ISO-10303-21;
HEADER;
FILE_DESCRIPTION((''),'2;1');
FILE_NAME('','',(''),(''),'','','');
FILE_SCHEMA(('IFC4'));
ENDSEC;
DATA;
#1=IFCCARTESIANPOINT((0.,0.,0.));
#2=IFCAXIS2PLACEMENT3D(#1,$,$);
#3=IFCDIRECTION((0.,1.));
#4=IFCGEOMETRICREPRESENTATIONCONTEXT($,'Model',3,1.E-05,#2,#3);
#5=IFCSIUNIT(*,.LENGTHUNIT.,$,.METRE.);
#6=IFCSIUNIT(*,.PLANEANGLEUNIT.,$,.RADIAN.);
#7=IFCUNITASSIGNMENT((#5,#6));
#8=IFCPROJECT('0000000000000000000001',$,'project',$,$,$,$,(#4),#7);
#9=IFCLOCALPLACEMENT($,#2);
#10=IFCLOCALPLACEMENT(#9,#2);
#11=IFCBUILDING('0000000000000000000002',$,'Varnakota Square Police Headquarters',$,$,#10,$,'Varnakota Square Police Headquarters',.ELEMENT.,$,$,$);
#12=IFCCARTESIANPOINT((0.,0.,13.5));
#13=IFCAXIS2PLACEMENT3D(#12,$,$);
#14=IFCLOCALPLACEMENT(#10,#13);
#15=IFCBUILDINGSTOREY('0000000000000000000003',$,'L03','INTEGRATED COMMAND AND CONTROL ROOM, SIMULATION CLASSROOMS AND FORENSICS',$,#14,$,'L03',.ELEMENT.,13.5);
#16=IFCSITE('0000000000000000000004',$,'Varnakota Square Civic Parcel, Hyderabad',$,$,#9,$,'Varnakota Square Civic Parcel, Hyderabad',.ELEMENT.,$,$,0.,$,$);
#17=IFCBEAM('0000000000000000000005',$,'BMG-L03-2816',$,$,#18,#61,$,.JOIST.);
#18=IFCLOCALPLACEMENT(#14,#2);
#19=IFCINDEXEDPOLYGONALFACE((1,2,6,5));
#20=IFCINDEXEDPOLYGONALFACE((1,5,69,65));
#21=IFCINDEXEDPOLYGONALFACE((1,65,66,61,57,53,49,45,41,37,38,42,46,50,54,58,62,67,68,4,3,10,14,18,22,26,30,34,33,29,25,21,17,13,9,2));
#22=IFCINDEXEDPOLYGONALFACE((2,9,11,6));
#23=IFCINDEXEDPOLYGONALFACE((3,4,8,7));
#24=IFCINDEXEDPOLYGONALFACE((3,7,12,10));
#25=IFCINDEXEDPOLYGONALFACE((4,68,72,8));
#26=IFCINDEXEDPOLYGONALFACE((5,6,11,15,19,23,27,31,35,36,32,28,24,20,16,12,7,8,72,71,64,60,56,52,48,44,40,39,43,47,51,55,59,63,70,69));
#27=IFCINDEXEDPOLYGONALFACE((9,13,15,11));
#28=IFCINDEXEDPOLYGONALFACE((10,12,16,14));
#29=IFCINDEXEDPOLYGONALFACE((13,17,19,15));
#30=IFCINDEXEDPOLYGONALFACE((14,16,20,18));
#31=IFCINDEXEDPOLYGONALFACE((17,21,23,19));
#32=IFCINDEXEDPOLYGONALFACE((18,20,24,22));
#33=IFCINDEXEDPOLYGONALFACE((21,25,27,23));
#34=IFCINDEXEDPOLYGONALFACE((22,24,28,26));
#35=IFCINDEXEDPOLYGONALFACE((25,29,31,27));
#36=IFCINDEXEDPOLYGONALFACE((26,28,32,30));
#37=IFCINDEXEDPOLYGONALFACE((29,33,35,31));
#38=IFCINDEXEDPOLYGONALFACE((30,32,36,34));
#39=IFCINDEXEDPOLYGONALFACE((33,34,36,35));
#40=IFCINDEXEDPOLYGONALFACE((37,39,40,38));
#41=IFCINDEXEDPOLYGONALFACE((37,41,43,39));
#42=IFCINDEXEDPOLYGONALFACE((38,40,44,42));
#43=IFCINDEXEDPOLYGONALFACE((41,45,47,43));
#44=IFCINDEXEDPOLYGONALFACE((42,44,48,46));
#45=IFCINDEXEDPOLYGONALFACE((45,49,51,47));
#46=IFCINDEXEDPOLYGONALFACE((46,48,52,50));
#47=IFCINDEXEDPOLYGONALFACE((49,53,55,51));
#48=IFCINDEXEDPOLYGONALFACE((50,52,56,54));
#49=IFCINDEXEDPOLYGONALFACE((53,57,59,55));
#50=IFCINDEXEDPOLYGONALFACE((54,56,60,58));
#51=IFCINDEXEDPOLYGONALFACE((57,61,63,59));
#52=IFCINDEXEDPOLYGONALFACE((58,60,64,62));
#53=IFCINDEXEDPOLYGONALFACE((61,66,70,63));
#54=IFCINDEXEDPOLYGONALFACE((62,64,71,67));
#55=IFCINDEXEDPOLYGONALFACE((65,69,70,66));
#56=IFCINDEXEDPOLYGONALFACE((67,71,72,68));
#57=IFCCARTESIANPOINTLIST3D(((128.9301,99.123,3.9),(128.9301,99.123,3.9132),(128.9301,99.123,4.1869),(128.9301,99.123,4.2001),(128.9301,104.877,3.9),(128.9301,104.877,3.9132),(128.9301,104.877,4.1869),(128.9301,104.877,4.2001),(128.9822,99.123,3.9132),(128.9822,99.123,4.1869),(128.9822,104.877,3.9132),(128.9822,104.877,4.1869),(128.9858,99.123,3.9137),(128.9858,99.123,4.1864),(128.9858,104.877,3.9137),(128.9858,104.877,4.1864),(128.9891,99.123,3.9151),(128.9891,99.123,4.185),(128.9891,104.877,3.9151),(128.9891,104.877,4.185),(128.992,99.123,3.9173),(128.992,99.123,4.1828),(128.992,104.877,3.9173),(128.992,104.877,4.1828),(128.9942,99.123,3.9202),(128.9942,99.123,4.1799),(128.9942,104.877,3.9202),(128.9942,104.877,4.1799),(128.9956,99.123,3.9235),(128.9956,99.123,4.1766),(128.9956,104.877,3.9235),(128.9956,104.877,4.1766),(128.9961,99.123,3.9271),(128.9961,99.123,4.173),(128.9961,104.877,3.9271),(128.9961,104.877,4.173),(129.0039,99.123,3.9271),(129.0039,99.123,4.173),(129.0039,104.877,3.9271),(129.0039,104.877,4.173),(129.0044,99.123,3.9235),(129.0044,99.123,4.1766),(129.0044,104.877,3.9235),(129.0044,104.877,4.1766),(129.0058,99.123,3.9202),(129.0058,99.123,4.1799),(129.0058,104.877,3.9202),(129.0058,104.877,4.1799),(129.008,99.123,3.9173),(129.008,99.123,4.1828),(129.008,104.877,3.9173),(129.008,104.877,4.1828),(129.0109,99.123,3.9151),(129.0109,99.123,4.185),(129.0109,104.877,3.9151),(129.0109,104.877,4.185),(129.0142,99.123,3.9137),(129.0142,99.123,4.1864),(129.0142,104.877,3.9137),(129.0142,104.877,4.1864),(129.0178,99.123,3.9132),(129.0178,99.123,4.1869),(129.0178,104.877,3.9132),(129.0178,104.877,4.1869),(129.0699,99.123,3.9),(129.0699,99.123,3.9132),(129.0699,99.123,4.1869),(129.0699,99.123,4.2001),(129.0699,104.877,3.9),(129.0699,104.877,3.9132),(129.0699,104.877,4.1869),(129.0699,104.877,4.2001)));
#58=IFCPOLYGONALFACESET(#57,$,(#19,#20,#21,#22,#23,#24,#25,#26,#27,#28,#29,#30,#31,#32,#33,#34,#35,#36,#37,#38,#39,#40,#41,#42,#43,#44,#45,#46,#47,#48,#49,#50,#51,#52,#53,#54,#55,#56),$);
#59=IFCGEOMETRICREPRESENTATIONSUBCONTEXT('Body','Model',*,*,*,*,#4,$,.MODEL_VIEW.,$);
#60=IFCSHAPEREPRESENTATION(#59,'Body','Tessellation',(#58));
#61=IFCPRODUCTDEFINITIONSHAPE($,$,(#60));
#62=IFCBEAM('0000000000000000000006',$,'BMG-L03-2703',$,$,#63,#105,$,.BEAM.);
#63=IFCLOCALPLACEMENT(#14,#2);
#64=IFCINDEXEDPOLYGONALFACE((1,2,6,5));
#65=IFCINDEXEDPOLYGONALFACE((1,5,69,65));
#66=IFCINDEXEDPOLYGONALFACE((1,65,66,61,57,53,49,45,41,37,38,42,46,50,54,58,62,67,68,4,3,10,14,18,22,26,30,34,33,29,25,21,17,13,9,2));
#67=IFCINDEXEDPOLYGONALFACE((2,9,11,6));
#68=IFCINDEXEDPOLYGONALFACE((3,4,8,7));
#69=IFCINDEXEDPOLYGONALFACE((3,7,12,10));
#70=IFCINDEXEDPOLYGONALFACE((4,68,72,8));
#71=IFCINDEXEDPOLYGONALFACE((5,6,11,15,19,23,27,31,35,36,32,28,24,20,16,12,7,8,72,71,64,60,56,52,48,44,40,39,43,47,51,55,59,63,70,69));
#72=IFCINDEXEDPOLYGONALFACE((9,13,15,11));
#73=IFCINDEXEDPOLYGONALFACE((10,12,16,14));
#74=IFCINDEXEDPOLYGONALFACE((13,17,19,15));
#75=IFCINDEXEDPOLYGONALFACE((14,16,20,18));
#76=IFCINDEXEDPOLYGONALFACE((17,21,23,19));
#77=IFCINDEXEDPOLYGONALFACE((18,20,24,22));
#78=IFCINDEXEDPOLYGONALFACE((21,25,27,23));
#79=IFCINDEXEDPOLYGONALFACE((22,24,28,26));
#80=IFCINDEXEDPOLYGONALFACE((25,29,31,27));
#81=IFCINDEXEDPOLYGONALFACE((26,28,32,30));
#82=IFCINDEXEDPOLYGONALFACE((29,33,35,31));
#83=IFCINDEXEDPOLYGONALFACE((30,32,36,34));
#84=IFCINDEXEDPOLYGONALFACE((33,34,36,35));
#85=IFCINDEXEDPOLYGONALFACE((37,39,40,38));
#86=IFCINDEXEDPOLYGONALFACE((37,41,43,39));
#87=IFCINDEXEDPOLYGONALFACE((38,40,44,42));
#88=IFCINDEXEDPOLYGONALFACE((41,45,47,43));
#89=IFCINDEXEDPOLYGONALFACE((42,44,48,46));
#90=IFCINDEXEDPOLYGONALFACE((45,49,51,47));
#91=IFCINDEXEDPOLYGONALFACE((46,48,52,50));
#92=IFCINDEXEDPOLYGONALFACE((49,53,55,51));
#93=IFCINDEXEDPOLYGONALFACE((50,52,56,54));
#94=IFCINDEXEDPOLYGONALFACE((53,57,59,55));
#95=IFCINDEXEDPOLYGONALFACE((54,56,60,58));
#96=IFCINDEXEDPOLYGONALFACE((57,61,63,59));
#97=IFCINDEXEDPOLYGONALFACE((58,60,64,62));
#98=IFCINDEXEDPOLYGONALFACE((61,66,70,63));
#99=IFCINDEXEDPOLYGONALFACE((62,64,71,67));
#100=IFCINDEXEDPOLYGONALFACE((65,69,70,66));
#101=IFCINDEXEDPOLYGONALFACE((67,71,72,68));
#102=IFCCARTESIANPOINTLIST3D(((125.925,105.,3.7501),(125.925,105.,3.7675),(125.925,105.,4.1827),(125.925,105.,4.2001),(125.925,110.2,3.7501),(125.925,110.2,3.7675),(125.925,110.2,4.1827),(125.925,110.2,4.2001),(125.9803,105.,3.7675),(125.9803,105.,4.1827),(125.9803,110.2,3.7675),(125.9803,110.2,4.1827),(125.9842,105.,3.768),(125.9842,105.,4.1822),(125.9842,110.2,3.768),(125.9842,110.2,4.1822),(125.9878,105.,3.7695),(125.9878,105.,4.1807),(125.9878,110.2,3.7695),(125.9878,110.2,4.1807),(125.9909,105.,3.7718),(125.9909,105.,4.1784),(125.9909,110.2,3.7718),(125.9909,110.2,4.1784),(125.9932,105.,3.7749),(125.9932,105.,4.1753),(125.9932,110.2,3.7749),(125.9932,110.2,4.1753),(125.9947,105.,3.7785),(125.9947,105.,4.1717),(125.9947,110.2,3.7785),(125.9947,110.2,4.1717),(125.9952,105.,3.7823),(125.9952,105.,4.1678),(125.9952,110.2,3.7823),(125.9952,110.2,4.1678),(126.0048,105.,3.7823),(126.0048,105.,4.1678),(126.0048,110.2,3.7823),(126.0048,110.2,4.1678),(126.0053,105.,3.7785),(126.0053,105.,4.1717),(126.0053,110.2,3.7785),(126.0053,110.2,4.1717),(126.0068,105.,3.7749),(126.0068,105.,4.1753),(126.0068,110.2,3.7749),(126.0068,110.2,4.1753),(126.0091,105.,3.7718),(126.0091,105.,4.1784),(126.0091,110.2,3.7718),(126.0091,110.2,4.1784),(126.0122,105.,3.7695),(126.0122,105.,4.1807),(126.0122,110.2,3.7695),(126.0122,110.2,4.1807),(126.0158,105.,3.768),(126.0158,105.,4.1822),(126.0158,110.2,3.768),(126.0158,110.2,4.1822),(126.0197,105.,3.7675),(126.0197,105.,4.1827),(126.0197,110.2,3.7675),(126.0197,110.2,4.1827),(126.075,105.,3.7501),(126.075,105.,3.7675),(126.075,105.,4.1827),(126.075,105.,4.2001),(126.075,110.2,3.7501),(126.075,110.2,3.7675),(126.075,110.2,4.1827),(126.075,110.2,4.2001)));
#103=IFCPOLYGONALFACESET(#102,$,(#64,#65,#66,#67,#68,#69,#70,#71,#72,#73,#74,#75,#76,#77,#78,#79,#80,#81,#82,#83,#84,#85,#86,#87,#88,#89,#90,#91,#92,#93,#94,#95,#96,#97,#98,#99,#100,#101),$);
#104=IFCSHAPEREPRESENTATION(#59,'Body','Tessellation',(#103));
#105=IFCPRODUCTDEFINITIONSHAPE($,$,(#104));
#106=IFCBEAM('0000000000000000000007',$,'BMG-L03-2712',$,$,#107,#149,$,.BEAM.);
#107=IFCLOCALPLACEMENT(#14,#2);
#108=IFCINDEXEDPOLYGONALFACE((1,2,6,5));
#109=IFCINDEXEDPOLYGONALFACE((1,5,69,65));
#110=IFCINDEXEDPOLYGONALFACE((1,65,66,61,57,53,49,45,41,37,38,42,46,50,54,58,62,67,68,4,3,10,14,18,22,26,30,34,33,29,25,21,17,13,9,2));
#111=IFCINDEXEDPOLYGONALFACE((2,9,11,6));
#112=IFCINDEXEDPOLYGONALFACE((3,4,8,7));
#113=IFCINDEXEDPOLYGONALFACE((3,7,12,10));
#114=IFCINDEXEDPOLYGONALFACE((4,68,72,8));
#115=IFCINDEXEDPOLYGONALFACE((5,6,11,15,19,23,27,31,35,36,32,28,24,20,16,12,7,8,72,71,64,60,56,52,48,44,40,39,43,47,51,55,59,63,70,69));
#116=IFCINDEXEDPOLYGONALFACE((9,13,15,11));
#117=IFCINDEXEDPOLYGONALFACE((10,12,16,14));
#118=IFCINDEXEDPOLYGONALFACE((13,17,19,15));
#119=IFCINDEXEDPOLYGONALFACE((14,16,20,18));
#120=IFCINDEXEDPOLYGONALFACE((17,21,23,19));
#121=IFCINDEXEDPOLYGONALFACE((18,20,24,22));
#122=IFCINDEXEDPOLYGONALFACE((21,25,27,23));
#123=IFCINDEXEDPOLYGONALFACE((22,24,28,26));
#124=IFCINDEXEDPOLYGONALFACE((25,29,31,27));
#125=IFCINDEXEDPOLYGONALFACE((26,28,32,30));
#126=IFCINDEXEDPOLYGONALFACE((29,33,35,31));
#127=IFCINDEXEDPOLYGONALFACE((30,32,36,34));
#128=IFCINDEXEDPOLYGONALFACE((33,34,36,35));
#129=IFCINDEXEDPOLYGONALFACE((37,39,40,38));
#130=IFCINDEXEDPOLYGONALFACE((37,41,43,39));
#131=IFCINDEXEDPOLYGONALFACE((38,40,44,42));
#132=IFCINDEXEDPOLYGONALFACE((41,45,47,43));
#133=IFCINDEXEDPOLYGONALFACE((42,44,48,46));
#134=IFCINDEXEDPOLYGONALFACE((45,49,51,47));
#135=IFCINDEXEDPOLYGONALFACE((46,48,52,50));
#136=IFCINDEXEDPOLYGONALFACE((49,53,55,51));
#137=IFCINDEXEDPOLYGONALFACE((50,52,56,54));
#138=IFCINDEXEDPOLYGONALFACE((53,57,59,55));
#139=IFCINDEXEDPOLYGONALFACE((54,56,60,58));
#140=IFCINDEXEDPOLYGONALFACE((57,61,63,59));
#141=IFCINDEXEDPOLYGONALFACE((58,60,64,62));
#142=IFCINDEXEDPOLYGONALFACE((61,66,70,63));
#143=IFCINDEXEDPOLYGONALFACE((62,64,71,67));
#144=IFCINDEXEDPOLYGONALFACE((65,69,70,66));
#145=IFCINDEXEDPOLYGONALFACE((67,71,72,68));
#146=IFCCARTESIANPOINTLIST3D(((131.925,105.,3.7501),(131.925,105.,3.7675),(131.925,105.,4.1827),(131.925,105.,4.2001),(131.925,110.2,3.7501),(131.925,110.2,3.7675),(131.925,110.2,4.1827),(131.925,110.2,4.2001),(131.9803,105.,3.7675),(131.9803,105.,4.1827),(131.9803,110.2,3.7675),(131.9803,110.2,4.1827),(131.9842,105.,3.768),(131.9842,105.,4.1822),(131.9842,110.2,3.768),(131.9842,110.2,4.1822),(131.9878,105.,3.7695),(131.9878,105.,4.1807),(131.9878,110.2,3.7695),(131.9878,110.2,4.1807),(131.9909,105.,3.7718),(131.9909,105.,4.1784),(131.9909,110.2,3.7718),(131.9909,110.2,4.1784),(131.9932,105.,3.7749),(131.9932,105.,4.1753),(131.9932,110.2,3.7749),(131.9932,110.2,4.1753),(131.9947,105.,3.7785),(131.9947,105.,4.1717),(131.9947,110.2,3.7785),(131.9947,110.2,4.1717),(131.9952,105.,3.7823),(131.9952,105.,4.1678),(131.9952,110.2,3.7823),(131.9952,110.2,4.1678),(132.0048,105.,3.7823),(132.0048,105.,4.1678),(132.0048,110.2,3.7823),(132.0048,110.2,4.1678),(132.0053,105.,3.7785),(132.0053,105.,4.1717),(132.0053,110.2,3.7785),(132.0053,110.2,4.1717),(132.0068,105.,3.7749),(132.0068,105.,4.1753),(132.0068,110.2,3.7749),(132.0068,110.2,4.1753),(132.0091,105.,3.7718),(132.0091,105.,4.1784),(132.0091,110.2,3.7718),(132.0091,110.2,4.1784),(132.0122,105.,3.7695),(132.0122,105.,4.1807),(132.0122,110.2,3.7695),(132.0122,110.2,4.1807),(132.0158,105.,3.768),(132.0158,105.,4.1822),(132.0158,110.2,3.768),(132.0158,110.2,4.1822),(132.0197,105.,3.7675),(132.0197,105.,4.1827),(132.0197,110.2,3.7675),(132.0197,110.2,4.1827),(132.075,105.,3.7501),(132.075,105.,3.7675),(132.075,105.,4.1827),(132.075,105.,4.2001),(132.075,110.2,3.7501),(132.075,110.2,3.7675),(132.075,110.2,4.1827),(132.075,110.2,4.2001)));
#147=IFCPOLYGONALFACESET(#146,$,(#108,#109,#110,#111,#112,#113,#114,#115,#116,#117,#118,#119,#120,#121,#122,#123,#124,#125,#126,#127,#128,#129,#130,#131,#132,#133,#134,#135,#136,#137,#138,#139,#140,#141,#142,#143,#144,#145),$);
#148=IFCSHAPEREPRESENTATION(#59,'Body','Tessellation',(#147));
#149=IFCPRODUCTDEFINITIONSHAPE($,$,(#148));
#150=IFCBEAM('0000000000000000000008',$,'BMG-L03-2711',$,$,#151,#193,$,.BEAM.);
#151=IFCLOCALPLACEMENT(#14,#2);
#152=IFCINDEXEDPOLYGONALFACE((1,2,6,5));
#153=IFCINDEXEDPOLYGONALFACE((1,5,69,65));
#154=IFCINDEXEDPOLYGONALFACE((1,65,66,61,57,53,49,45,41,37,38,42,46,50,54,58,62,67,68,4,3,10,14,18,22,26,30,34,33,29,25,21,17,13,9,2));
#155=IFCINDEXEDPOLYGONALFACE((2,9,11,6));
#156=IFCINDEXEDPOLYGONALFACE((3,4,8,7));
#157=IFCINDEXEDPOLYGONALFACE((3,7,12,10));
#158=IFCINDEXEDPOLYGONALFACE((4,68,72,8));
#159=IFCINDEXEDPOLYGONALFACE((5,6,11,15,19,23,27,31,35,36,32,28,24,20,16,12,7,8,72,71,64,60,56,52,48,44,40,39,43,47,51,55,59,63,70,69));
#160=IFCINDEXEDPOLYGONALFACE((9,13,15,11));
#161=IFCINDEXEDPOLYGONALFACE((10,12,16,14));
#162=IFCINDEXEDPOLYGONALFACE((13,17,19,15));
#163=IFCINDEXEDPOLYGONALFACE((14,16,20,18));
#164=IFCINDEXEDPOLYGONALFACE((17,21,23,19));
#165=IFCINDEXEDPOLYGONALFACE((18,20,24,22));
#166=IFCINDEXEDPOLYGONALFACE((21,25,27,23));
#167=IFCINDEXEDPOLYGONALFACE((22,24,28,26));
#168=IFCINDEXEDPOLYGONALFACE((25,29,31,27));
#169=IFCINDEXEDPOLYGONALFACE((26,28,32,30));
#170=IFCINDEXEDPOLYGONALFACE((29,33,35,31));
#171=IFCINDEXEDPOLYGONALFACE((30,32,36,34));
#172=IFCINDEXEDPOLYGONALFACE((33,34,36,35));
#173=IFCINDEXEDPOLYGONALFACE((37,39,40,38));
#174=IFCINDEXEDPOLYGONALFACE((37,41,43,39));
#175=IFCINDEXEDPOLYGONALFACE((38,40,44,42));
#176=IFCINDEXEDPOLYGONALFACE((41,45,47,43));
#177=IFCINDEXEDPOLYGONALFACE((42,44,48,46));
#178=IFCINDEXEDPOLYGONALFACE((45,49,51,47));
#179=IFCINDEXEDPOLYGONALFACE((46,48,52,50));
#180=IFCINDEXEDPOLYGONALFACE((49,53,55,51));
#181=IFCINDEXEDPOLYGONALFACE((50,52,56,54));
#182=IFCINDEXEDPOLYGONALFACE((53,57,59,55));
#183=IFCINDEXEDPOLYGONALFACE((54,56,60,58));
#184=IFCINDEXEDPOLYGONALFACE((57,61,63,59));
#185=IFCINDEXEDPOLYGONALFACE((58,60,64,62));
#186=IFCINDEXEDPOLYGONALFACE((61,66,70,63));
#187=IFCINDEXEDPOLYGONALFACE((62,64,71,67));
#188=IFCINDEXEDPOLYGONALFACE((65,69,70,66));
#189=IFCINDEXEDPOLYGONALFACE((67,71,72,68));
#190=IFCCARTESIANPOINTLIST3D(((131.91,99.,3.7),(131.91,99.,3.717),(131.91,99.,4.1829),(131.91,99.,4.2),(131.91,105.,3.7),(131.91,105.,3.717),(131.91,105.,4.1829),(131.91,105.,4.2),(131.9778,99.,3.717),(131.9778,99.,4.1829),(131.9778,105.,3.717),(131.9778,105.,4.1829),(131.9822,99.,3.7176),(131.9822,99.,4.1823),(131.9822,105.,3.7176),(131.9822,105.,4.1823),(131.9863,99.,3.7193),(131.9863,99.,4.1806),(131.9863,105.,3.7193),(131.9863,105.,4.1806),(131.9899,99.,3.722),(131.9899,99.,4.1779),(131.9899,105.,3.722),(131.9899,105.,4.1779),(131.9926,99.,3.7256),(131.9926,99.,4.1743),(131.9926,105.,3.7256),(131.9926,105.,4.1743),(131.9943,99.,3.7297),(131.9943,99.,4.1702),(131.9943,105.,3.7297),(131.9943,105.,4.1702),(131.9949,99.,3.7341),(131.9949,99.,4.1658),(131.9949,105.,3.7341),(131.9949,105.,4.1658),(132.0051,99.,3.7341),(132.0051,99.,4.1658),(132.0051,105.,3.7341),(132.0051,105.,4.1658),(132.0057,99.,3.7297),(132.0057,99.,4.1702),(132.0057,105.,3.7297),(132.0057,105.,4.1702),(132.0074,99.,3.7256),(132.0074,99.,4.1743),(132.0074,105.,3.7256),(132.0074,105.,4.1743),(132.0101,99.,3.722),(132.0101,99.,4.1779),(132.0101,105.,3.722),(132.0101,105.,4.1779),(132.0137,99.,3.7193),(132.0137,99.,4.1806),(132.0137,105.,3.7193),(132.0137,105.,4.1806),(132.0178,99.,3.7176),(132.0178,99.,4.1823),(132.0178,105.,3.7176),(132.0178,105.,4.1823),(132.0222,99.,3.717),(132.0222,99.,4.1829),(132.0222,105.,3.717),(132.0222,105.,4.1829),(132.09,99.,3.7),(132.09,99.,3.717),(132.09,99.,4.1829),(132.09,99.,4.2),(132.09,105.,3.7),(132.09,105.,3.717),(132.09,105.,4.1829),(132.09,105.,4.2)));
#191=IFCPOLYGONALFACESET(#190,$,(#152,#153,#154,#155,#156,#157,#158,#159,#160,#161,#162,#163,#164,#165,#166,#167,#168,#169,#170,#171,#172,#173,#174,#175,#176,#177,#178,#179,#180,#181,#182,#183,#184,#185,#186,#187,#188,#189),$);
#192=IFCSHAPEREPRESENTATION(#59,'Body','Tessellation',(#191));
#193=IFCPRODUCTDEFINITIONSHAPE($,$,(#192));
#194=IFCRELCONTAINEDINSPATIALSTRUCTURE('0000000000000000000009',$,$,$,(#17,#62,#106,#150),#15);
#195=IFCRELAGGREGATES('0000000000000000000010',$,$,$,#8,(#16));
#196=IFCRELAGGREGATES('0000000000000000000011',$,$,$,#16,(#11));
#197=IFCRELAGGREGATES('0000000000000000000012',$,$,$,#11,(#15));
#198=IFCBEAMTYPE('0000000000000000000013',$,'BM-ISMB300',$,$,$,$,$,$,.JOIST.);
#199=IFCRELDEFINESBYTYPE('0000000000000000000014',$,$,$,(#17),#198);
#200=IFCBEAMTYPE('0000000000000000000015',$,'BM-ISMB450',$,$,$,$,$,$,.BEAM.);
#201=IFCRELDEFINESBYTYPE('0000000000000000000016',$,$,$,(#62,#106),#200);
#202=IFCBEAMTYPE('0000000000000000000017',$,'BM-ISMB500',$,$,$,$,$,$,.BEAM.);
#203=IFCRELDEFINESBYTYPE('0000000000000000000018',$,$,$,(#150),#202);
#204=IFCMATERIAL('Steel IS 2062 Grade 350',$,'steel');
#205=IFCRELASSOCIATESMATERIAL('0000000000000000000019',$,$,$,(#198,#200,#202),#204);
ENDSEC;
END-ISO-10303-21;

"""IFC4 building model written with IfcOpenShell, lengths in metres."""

from ifc_helpers import new_model, si_unit, direction, frame, origin, origin_2d, place, context, subcontext, project, spatial, i_section, extrude, material, material_profile, profile_set, type_object, element, save


model = new_model("IFC4")

# Units and contexts
model_context = context("Model", 3, precision=1e-05, world=origin(), true_north=direction((0.0, 1.0)))
body_context = subcontext(model_context, "Body", "Model", "MODEL_VIEW")
ifc_project = project(units=[si_unit("LENGTHUNIT", "METRE"), si_unit("PLANEANGLEUNIT", "RADIAN")], contexts=[model_context])

# Site, building, storey
site_placement = place(None, origin())
site = spatial("IfcSite", under=ifc_project, at=site_placement, Name="Varnakota Square Civic Parcel, Hyderabad", LongName="Varnakota Square Civic Parcel, Hyderabad", CompositionType="ELEMENT", RefElevation=0.0)
building_placement = place(site_placement, origin())
building = spatial("IfcBuilding", under=site, at=building_placement, Name="Varnakota Square Police Headquarters", LongName="Varnakota Square Police Headquarters", CompositionType="ELEMENT")
storey_placement = place(building_placement, frame((0.0, 0.0, 13.5)))
storey = spatial("IfcBuildingStorey", under=building, at=storey_placement, Name="L03", Description="INTEGRATED COMMAND AND CONTROL ROOM, SIMULATION CLASSROOMS AND FORENSICS", LongName="L03", CompositionType="ELEMENT", Elevation=13.5)

# Shared definitions
ifc_material_1 = material(Name="Steel IS 2062 Grade 350", Category="steel")

# Beams
ifc_material_profile_1 = material_profile(ifc_material_1, i_section(OverallWidth=0.1399, OverallDepth=0.3, WebThickness=0.0078, FlangeThickness=0.0132, FilletRadius=0.0139, at=origin_2d()), Name="ISMB 300")
ifc_profile_set_1 = profile_set([ifc_material_profile_1], Name="Steel IS 2062 Grade 350")
beam_type_1 = type_object("IfcBeamType", Name="BM-ISMB300", PredefinedType="JOIST", material=ifc_profile_set_1)
beam_1_placement = place(storey_placement, frame((129.0, 99.123, 4.05), z_axis=(0.0, 1.0, 0.0), x_axis=(-1.0, 0.0, 0.0)))
element("IfcBeam", 1, at=beam_1_placement, inside=storey, type_object=beam_type_1, Name="BMG-L03-2816", PredefinedType="JOIST", context=body_context, shape_type="SweptSolid", body=[
    extrude(i_section(OverallWidth=0.1399, OverallDepth=0.3, WebThickness=0.0078, FlangeThickness=0.0132, FilletRadius=0.0139, at=origin_2d()), origin(), (0.0, 0.0, 1.0), 5.7539),
])
ifc_material_profile_2 = material_profile(ifc_material_1, i_section(OverallWidth=0.1499, OverallDepth=0.45, WebThickness=0.0095, FlangeThickness=0.0173, FilletRadius=0.0149, at=origin_2d()), Name="ISMB 450")
ifc_profile_set_2 = profile_set([ifc_material_profile_2], Name="Steel IS 2062 Grade 350")
beam_type_2 = type_object("IfcBeamType", Name="BM-ISMB450", PredefinedType="BEAM", material=ifc_profile_set_2)
for number, where, z_axis, x_axis, name in (
    (2, (126.0, 105.0, 3.9751), (0.0, 1.0, 0.0), (-1.0, 0.0, 0.0), "BMG-L03-2703"),
    (3, (132.0, 105.0, 3.9751), (0.0, 1.0, 0.0), (-1.0, 0.0, 0.0), "BMG-L03-2712"),
):
    element("IfcBeam", number, at=place(storey_placement, frame(where, z_axis=z_axis, x_axis=x_axis)), inside=storey, type_object=beam_type_2, Name=name, PredefinedType="BEAM", context=body_context, shape_type="SweptSolid", body=[
        extrude(i_section(OverallWidth=0.1499, OverallDepth=0.45, WebThickness=0.0095, FlangeThickness=0.0173, FilletRadius=0.0149, at=origin_2d()), origin(), (0.0, 0.0, 1.0), 5.2),
    ])
ifc_material_profile_3 = material_profile(ifc_material_1, i_section(OverallWidth=0.1799, OverallDepth=0.5, WebThickness=0.0103, FlangeThickness=0.0171, FilletRadius=0.0171, at=origin_2d()), Name="ISMB 500")
ifc_profile_set_3 = profile_set([ifc_material_profile_3], Name="Steel IS 2062 Grade 350")
beam_type_3 = type_object("IfcBeamType", Name="BM-ISMB500", PredefinedType="BEAM", material=ifc_profile_set_3)
beam_2_placement = place(storey_placement, frame((132.0, 99.0, 3.95), z_axis=(0.0, 1.0, 0.0), x_axis=(-1.0, 0.0, 0.0)))
element("IfcBeam", 4, at=beam_2_placement, inside=storey, type_object=beam_type_3, Name="BMG-L03-2711", PredefinedType="BEAM", context=body_context, shape_type="SweptSolid", body=[
    extrude(i_section(OverallWidth=0.1799, OverallDepth=0.5, WebThickness=0.0103, FlangeThickness=0.0171, FilletRadius=0.0171, at=origin_2d()), origin(), (0.0, 0.0, 1.0), 6.0),
])

save(model, "model.ifc")
